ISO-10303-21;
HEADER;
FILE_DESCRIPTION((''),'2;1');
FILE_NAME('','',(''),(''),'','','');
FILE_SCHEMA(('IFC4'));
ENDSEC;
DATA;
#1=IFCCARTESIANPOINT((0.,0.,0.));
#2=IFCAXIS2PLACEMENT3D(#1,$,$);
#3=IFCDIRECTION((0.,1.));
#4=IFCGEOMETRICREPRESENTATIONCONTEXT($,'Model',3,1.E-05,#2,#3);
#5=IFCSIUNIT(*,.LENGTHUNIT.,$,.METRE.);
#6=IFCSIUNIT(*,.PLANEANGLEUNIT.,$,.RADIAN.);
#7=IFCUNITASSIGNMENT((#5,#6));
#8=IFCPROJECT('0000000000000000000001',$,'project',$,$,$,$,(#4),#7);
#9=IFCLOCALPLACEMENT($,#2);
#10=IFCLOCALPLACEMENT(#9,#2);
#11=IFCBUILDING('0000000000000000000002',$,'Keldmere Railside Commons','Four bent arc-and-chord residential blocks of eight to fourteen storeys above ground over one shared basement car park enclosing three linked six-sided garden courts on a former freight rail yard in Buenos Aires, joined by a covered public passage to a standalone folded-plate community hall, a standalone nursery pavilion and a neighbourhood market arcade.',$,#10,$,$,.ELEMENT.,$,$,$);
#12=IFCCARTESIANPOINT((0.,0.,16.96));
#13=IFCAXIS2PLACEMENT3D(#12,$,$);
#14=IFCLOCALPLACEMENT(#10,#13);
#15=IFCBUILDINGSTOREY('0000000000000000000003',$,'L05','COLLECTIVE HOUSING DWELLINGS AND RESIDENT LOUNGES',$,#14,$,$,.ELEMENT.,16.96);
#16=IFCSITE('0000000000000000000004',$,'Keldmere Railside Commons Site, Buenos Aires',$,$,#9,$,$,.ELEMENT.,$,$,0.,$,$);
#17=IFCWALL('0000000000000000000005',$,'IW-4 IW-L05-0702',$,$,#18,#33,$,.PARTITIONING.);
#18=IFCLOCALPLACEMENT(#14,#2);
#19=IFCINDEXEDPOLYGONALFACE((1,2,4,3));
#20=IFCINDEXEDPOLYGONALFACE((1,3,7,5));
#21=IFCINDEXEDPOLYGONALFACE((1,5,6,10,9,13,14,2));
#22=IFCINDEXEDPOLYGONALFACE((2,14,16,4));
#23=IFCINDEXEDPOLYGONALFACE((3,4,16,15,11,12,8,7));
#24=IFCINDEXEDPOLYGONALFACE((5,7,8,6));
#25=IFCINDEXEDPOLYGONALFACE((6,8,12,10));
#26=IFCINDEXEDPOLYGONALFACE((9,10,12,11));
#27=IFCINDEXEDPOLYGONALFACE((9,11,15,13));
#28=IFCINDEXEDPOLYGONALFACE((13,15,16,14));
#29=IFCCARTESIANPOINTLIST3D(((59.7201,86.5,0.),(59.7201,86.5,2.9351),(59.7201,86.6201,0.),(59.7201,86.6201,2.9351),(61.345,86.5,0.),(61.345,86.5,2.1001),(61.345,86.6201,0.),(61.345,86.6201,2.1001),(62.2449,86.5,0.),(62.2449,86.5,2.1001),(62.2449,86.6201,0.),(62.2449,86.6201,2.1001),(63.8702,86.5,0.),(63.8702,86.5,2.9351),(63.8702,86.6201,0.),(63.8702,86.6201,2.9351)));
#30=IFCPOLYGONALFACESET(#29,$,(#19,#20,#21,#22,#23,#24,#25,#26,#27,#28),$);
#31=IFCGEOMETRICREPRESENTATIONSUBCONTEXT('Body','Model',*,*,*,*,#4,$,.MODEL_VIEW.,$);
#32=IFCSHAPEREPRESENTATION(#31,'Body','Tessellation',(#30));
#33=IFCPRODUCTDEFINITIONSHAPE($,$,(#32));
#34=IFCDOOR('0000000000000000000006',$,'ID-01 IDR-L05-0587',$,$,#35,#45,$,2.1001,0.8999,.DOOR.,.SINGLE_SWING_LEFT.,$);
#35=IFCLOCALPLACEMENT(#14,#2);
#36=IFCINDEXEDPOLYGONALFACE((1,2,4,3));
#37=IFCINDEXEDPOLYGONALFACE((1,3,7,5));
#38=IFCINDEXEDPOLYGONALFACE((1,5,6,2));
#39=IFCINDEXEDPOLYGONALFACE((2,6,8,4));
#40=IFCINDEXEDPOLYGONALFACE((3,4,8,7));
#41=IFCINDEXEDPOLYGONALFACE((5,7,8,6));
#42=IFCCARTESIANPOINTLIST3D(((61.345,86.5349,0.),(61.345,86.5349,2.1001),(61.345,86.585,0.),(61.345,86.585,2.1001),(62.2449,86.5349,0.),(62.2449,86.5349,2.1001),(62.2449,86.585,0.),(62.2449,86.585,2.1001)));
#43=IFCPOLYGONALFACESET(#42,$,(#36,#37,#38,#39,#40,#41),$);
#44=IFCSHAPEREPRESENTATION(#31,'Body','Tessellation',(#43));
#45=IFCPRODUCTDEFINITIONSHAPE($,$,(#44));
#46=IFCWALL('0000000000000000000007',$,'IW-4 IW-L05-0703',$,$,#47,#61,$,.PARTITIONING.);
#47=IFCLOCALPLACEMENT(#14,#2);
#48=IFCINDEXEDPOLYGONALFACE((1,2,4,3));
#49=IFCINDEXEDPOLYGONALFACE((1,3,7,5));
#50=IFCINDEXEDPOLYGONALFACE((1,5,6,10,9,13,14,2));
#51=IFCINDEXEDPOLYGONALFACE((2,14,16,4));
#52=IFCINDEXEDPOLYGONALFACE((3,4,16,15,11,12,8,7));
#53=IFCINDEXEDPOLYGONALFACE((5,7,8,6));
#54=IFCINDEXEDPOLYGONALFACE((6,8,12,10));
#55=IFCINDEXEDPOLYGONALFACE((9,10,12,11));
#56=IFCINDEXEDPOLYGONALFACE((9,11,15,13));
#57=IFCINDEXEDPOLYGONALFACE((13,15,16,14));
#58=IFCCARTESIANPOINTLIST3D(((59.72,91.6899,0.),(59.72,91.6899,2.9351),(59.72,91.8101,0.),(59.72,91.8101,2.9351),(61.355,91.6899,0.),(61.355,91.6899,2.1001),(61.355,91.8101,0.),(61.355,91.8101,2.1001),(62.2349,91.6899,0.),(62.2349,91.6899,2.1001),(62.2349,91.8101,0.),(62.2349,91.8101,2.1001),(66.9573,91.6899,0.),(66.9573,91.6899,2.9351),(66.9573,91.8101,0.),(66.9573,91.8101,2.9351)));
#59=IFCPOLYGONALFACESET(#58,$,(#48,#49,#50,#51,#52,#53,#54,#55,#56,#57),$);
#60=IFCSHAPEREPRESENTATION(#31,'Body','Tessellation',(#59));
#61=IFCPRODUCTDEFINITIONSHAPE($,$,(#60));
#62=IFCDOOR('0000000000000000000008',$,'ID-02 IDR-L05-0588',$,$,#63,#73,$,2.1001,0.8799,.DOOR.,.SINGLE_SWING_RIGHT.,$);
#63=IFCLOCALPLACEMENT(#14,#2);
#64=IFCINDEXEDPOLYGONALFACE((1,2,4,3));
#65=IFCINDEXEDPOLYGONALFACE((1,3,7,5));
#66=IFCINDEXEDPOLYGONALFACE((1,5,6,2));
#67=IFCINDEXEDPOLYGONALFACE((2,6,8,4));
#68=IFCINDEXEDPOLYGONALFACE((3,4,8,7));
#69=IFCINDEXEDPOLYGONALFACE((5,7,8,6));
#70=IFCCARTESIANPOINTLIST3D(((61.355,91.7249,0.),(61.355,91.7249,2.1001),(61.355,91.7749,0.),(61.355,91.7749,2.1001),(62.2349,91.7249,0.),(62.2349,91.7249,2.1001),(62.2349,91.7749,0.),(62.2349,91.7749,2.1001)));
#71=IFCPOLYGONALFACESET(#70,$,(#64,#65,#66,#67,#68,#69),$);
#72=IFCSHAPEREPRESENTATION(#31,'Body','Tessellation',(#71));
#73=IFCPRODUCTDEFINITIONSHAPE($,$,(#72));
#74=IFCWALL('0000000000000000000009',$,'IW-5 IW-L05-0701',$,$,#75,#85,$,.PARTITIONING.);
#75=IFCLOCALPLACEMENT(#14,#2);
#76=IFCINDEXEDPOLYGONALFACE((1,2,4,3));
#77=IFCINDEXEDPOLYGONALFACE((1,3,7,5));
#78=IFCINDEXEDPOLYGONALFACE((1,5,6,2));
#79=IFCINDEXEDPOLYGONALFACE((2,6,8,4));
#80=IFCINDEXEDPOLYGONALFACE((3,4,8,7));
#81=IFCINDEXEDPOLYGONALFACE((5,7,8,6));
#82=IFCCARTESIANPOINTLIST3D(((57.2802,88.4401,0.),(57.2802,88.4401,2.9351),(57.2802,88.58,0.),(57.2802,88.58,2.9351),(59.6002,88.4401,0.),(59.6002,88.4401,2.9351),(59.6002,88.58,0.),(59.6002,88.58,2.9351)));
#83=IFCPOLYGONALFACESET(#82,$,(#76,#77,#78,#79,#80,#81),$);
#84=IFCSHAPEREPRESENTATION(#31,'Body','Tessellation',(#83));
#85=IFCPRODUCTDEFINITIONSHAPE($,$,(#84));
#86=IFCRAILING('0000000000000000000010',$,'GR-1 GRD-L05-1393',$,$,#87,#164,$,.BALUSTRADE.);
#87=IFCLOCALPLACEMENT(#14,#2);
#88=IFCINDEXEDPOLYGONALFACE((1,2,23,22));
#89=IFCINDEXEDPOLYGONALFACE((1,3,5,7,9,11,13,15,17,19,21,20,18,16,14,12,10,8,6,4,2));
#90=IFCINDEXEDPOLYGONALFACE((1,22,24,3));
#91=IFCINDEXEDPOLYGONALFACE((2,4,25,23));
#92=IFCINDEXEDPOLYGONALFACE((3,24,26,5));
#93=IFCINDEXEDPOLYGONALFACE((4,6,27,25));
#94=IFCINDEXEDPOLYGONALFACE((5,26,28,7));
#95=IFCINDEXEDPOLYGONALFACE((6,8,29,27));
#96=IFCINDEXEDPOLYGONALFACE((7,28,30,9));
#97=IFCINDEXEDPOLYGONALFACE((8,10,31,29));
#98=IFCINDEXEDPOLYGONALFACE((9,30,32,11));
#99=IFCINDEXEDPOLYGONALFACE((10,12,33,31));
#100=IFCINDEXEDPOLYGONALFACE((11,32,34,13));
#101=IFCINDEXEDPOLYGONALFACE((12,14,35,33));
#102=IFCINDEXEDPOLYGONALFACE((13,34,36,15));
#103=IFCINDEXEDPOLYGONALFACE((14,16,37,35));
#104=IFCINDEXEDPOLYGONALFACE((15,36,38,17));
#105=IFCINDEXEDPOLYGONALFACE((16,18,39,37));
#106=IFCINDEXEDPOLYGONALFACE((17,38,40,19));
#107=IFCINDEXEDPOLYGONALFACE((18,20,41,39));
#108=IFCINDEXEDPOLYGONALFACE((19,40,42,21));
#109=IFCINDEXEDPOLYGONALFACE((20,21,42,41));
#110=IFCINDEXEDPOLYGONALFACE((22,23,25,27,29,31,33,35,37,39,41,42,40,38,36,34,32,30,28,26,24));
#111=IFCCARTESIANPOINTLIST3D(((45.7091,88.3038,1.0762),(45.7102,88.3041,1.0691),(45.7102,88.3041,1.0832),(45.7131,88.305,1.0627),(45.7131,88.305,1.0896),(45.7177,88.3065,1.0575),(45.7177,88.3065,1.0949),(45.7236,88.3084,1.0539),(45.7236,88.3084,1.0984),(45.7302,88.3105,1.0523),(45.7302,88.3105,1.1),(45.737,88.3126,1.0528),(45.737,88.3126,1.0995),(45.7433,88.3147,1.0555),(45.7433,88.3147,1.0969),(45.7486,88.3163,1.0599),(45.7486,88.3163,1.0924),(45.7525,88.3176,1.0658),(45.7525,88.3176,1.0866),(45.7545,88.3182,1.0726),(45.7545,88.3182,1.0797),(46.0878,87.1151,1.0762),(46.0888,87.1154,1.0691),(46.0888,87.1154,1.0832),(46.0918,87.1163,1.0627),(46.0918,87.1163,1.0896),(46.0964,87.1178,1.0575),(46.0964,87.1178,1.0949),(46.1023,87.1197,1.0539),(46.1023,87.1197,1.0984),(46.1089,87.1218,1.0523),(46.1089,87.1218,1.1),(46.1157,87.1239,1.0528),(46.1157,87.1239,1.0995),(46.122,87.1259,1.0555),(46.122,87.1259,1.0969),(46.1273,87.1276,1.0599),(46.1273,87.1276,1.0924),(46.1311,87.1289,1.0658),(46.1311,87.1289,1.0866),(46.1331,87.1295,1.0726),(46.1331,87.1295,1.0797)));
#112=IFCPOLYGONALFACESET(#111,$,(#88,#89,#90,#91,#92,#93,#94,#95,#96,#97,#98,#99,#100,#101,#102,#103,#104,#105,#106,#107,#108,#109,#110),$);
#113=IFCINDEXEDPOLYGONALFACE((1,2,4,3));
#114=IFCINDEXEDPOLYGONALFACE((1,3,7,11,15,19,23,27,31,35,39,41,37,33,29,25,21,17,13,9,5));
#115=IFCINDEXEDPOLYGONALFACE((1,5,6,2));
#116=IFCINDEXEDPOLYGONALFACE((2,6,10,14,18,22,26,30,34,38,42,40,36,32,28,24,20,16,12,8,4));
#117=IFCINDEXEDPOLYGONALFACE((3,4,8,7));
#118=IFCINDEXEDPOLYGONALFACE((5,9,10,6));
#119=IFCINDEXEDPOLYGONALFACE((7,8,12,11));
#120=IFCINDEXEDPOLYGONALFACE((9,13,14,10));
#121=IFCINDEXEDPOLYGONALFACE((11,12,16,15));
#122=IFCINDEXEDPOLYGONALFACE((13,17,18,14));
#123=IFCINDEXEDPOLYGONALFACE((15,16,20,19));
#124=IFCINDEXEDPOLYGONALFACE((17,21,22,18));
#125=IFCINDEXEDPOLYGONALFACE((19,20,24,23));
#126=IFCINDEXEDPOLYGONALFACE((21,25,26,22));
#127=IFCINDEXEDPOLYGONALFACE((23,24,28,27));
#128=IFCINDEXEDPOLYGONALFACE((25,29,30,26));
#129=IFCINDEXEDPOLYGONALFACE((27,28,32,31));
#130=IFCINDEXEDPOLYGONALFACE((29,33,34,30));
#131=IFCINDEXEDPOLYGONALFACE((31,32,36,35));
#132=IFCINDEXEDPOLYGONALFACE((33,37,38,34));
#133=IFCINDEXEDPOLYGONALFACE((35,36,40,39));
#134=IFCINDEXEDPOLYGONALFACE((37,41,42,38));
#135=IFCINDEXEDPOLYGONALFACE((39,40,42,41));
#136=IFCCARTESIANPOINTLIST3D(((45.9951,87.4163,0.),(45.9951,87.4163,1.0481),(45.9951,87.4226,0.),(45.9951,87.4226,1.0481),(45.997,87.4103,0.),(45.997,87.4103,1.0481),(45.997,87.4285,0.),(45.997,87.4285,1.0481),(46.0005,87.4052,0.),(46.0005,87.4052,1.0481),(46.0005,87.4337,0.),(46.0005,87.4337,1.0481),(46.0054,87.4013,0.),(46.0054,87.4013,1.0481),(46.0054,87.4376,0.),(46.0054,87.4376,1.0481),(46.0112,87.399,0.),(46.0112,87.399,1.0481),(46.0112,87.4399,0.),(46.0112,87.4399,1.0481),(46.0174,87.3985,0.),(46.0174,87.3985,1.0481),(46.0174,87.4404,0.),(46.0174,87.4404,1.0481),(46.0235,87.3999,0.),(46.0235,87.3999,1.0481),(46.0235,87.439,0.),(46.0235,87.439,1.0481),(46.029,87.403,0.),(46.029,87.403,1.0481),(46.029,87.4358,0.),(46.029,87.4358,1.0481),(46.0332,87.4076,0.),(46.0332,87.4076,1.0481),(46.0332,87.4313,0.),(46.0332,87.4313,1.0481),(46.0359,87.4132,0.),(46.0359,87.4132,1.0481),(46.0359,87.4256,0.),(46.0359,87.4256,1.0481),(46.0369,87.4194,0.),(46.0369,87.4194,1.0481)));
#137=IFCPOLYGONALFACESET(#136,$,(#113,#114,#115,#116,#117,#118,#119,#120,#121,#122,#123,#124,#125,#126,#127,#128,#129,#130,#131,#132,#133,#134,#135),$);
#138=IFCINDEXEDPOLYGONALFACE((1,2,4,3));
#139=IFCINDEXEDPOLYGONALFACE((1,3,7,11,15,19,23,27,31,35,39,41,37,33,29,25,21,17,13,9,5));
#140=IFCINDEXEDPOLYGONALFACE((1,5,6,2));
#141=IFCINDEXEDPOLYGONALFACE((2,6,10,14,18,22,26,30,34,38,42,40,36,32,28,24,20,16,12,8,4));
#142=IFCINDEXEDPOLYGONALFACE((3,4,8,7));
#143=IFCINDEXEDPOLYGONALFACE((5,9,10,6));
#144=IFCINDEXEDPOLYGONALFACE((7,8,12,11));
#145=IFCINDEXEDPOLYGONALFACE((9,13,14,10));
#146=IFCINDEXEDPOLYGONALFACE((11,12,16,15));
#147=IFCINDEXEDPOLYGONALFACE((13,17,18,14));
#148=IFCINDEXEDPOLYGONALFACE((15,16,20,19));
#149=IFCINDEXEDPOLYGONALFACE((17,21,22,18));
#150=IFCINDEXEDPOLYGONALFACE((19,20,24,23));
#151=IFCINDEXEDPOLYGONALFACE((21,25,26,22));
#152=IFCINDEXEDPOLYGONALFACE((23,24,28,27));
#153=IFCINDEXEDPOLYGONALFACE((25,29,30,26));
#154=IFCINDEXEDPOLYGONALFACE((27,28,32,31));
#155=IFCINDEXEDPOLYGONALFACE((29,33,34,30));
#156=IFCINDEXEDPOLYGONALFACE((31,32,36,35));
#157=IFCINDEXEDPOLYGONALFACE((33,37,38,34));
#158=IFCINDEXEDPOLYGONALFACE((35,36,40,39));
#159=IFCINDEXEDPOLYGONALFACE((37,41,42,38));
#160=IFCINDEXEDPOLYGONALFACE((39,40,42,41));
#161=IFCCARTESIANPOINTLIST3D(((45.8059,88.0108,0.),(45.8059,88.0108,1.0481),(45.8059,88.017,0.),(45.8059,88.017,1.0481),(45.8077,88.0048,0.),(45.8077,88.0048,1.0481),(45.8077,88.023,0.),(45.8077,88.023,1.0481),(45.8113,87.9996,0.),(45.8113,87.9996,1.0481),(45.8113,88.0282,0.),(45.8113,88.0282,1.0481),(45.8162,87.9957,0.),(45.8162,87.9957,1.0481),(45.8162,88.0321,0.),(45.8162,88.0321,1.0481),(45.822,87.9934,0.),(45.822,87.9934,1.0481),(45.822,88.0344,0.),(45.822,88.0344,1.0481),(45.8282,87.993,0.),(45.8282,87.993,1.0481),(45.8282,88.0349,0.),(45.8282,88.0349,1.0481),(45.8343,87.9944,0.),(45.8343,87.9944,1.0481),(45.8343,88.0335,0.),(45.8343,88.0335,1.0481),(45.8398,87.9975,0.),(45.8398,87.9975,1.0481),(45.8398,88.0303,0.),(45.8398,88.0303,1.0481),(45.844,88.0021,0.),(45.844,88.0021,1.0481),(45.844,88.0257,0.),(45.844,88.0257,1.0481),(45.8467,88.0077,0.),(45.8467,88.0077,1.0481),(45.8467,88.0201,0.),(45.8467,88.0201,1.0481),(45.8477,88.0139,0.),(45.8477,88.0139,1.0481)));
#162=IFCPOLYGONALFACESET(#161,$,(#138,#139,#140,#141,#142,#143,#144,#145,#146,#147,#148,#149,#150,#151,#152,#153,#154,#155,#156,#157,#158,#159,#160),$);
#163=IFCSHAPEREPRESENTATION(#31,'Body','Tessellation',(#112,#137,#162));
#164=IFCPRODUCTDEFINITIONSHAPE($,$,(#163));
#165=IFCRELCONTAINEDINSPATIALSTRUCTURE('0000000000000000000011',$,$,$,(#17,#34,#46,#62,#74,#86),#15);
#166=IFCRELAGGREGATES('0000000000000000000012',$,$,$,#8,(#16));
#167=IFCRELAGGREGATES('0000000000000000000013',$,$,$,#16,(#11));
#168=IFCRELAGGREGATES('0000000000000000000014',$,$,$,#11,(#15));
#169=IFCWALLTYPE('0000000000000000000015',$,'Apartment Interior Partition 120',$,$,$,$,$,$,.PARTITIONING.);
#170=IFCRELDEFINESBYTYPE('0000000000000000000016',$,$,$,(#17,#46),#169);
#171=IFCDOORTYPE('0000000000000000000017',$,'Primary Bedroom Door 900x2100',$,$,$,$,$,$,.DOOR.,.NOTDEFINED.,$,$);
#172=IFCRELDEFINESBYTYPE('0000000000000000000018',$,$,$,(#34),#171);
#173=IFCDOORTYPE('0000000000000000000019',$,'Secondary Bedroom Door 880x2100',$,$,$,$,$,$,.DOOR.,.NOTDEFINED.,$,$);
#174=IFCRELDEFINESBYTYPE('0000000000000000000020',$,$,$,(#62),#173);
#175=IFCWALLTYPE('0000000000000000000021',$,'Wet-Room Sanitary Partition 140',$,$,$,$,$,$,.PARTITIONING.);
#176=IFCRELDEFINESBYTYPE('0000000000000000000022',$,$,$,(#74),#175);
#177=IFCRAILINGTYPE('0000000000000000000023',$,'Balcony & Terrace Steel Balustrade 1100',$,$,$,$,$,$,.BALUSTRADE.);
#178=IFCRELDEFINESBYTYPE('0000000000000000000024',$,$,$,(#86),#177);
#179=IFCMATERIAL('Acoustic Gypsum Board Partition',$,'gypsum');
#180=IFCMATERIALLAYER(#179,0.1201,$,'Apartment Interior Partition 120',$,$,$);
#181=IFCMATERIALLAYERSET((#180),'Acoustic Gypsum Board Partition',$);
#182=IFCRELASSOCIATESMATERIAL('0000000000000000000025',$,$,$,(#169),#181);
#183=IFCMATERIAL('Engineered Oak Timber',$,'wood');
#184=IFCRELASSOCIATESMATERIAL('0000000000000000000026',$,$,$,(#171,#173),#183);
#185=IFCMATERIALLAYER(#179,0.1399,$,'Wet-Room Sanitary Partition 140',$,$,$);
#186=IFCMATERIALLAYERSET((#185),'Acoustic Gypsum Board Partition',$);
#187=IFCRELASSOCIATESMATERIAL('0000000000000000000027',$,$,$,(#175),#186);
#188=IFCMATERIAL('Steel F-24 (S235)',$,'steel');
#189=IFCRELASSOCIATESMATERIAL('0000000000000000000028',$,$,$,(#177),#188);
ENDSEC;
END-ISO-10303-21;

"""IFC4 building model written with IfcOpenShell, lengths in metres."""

from ifc_helpers import new_model, si_unit, direction, frame, frame_2d, origin, origin_2d, place, context, subcontext, project, spatial, rectangle, circle, extrude, material, layer, layer_set, type_object, element, fill, save


model = new_model("IFC4")

# Units and contexts
model_context = context("Model", 3, precision=1e-05, world=origin(), true_north=direction((0.0, 1.0)))
body_context = subcontext(model_context, "Body", "Model", "MODEL_VIEW")
ifc_project = project(units=[si_unit("LENGTHUNIT", "METRE"), si_unit("PLANEANGLEUNIT", "RADIAN")], contexts=[model_context])

# Site, building, storey
site_placement = place(None, origin())
site = spatial("IfcSite", under=ifc_project, at=site_placement, Name="Keldmere Railside Commons Site, Buenos Aires", CompositionType="ELEMENT", RefElevation=0.0)
building_placement = place(site_placement, origin())
building = spatial("IfcBuilding", under=site, at=building_placement, Name="Keldmere Railside Commons", Description="Four bent arc-and-chord residential blocks of eight to fourteen storeys above ground over one shared basement car park enclosing three linked six-sided garden courts on a former freight rail yard in Buenos Aires, joined by a covered public passage to a standalone folded-plate community hall, a standalone nursery pavilion and a neighbourhood market arcade.", CompositionType="ELEMENT")
storey_placement = place(building_placement, frame((0.0, 0.0, 16.96)))
storey = spatial("IfcBuildingStorey", under=building, at=storey_placement, Name="L05", Description="COLLECTIVE HOUSING DWELLINGS AND RESIDENT LOUNGES", CompositionType="ELEMENT", Elevation=16.96)

# Shared definitions
ifc_material_1 = material(Name="Acoustic Gypsum Board Partition", Category="gypsum")

# Walls, openings, doors
ifc_layer_1 = layer(ifc_material_1, 0.1201, Name="Apartment Interior Partition 120")
ifc_layer_set_1 = layer_set([ifc_layer_1], Name="Acoustic Gypsum Board Partition")
wall_type_1 = type_object("IfcWallType", Name="Apartment Interior Partition 120", PredefinedType="PARTITIONING", material=ifc_layer_set_1)
wall_1_placement = place(storey_placement, frame((59.72, 86.5601, 0.0), z_axis=(0.0, 0.0, 1.0), x_axis=(1.0, 0.0, 0.0)))
wall_1 = element("IfcWall", 1, at=wall_1_placement, inside=storey, type_object=wall_type_1, Name="IW-4 IW-L05-0702", PredefinedType="PARTITIONING", context=body_context, shape_type="SweptSolid", body=[
    extrude(rectangle(XDim=4.1501, YDim=0.1201, at=frame_2d((2.0752, 0.0))), origin(), (0.0, 0.0, 1.0), 2.9351),
])
opening_1_placement = place(wall_1_placement, frame((1.625, 0.0, 0.0)))
opening_1 = element("IfcOpeningElement", 2, at=opening_1_placement, cuts=wall_1, PredefinedType="OPENING", context=body_context, shape_type="SweptSolid", body=[
    extrude(rectangle(XDim=0.8999, YDim=2.1001, at=frame_2d((0.45, 1.05))), frame((0.0, 0.0701, 0.0), z_axis=(0.0, -1.0, 0.0), x_axis=(1.0, 0.0, 0.0)), (0.0, 0.0, 1.0), 0.1401),
])
ifc_material_2 = material(Name="Engineered Oak Timber", Category="wood")
door_type_1 = type_object("IfcDoorType", Name="Primary Bedroom Door 900x2100", OperationType="NOTDEFINED", PredefinedType="DOOR", material=ifc_material_2)
door_1_placement = place(opening_1_placement, origin())
door_1 = element("IfcDoor", 3, at=door_1_placement, inside=storey, type_object=door_type_1, Name="ID-01 IDR-L05-0587", OperationType="SINGLE_SWING_LEFT", OverallHeight=2.1001, OverallWidth=0.8999, PredefinedType="DOOR", context=body_context, shape_type="SweptSolid", body=[
    extrude(rectangle(XDim=0.8999, YDim=2.1001, at=frame_2d((0.45, 1.05))), frame((0.0, 0.0249, 0.0), z_axis=(0.0, -1.0, 0.0), x_axis=(1.0, 0.0, 0.0)), (0.0, 0.0, 1.0), 0.05),
])
fill(opening_1, door_1)
wall_2_placement = place(storey_placement, frame((59.72, 91.75, 0.0), z_axis=(0.0, 0.0, 1.0), x_axis=(1.0, 0.0, 0.0)))
wall_2 = element("IfcWall", 4, at=wall_2_placement, inside=storey, type_object=wall_type_1, Name="IW-4 IW-L05-0703", PredefinedType="PARTITIONING", context=body_context, shape_type="SweptSolid", body=[
    extrude(rectangle(XDim=7.2373, YDim=0.1201, at=frame_2d((3.6187, 0.0))), origin(), (0.0, 0.0, 1.0), 2.9351),
])
opening_2_placement = place(wall_2_placement, frame((1.635, 0.0, 0.0)))
opening_2 = element("IfcOpeningElement", 5, at=opening_2_placement, cuts=wall_2, PredefinedType="OPENING", context=body_context, shape_type="SweptSolid", body=[
    extrude(rectangle(XDim=0.8799, YDim=2.1001, at=frame_2d((0.4399, 1.05))), frame((0.0, 0.0701, 0.0), z_axis=(0.0, -1.0, 0.0), x_axis=(1.0, 0.0, 0.0)), (0.0, 0.0, 1.0), 0.1401),
])
door_type_2 = type_object("IfcDoorType", Name="Secondary Bedroom Door 880x2100", OperationType="NOTDEFINED", PredefinedType="DOOR", material=ifc_material_2)
door_2_placement = place(opening_2_placement, origin())
door_2 = element("IfcDoor", 6, at=door_2_placement, inside=storey, type_object=door_type_2, Name="ID-02 IDR-L05-0588", OperationType="SINGLE_SWING_RIGHT", OverallHeight=2.1001, OverallWidth=0.8799, PredefinedType="DOOR", context=body_context, shape_type="SweptSolid", body=[
    extrude(rectangle(XDim=0.8799, YDim=2.1001, at=frame_2d((0.4399, 1.05))), frame((0.0, 0.0249, 0.0), z_axis=(0.0, -1.0, 0.0), x_axis=(1.0, 0.0, 0.0)), (0.0, 0.0, 1.0), 0.05),
])
fill(opening_2, door_2)

# Wall
ifc_layer_2 = layer(ifc_material_1, 0.1399, Name="Wet-Room Sanitary Partition 140")
ifc_layer_set_2 = layer_set([ifc_layer_2], Name="Acoustic Gypsum Board Partition")
wall_type_2 = type_object("IfcWallType", Name="Wet-Room Sanitary Partition 140", PredefinedType="PARTITIONING", material=ifc_layer_set_2)
wall_3_placement = place(storey_placement, frame((57.28, 88.51, 0.0), z_axis=(0.0, 0.0, 1.0), x_axis=(1.0, 0.0, 0.0)))
element("IfcWall", 7, at=wall_3_placement, inside=storey, type_object=wall_type_2, Name="IW-5 IW-L05-0701", PredefinedType="PARTITIONING", context=body_context, shape_type="SweptSolid", body=[
    extrude(rectangle(XDim=2.3201, YDim=0.1399, at=frame_2d((1.1602, 0.0))), origin(), (0.0, 0.0, 1.0), 2.9351),
])

# Railing
ifc_material_3 = material(Name="Steel F-24 (S235)", Category="steel")
railing_type = type_object("IfcRailingType", Name="Balcony & Terrace Steel Balustrade 1100", PredefinedType="BALUSTRADE", material=ifc_material_3)
railing_1_placement = place(storey_placement, frame((46.1106, 87.1223, 0.0)))
element("IfcRailing", 8, at=railing_1_placement, inside=storey, type_object=railing_type, Name="GR-1 GRD-L05-1393", PredefinedType="BALUSTRADE", context=body_context, shape_type="SweptSolid", body=[
    extrude(circle(Radius=0.0239, at=origin_2d()), frame((0.0, 0.0, 1.0762), z_axis=(-0.303519, 0.952825, 0.0), x_axis=(-0.952825, -0.303519, 0.0)), (0.0, 0.0, 1.0), 1.2476),
    extrude(circle(Radius=0.021, at=origin_2d()), frame((-0.0947, 0.2971, 0.0)), (0.0, 0.0, 1.0), 1.0481),
    extrude(circle(Radius=0.021, at=origin_2d()), frame((-0.2839, 0.8916, 0.0)), (0.0, 0.0, 1.0), 1.0481),
])

save(model, "model.ifc")
